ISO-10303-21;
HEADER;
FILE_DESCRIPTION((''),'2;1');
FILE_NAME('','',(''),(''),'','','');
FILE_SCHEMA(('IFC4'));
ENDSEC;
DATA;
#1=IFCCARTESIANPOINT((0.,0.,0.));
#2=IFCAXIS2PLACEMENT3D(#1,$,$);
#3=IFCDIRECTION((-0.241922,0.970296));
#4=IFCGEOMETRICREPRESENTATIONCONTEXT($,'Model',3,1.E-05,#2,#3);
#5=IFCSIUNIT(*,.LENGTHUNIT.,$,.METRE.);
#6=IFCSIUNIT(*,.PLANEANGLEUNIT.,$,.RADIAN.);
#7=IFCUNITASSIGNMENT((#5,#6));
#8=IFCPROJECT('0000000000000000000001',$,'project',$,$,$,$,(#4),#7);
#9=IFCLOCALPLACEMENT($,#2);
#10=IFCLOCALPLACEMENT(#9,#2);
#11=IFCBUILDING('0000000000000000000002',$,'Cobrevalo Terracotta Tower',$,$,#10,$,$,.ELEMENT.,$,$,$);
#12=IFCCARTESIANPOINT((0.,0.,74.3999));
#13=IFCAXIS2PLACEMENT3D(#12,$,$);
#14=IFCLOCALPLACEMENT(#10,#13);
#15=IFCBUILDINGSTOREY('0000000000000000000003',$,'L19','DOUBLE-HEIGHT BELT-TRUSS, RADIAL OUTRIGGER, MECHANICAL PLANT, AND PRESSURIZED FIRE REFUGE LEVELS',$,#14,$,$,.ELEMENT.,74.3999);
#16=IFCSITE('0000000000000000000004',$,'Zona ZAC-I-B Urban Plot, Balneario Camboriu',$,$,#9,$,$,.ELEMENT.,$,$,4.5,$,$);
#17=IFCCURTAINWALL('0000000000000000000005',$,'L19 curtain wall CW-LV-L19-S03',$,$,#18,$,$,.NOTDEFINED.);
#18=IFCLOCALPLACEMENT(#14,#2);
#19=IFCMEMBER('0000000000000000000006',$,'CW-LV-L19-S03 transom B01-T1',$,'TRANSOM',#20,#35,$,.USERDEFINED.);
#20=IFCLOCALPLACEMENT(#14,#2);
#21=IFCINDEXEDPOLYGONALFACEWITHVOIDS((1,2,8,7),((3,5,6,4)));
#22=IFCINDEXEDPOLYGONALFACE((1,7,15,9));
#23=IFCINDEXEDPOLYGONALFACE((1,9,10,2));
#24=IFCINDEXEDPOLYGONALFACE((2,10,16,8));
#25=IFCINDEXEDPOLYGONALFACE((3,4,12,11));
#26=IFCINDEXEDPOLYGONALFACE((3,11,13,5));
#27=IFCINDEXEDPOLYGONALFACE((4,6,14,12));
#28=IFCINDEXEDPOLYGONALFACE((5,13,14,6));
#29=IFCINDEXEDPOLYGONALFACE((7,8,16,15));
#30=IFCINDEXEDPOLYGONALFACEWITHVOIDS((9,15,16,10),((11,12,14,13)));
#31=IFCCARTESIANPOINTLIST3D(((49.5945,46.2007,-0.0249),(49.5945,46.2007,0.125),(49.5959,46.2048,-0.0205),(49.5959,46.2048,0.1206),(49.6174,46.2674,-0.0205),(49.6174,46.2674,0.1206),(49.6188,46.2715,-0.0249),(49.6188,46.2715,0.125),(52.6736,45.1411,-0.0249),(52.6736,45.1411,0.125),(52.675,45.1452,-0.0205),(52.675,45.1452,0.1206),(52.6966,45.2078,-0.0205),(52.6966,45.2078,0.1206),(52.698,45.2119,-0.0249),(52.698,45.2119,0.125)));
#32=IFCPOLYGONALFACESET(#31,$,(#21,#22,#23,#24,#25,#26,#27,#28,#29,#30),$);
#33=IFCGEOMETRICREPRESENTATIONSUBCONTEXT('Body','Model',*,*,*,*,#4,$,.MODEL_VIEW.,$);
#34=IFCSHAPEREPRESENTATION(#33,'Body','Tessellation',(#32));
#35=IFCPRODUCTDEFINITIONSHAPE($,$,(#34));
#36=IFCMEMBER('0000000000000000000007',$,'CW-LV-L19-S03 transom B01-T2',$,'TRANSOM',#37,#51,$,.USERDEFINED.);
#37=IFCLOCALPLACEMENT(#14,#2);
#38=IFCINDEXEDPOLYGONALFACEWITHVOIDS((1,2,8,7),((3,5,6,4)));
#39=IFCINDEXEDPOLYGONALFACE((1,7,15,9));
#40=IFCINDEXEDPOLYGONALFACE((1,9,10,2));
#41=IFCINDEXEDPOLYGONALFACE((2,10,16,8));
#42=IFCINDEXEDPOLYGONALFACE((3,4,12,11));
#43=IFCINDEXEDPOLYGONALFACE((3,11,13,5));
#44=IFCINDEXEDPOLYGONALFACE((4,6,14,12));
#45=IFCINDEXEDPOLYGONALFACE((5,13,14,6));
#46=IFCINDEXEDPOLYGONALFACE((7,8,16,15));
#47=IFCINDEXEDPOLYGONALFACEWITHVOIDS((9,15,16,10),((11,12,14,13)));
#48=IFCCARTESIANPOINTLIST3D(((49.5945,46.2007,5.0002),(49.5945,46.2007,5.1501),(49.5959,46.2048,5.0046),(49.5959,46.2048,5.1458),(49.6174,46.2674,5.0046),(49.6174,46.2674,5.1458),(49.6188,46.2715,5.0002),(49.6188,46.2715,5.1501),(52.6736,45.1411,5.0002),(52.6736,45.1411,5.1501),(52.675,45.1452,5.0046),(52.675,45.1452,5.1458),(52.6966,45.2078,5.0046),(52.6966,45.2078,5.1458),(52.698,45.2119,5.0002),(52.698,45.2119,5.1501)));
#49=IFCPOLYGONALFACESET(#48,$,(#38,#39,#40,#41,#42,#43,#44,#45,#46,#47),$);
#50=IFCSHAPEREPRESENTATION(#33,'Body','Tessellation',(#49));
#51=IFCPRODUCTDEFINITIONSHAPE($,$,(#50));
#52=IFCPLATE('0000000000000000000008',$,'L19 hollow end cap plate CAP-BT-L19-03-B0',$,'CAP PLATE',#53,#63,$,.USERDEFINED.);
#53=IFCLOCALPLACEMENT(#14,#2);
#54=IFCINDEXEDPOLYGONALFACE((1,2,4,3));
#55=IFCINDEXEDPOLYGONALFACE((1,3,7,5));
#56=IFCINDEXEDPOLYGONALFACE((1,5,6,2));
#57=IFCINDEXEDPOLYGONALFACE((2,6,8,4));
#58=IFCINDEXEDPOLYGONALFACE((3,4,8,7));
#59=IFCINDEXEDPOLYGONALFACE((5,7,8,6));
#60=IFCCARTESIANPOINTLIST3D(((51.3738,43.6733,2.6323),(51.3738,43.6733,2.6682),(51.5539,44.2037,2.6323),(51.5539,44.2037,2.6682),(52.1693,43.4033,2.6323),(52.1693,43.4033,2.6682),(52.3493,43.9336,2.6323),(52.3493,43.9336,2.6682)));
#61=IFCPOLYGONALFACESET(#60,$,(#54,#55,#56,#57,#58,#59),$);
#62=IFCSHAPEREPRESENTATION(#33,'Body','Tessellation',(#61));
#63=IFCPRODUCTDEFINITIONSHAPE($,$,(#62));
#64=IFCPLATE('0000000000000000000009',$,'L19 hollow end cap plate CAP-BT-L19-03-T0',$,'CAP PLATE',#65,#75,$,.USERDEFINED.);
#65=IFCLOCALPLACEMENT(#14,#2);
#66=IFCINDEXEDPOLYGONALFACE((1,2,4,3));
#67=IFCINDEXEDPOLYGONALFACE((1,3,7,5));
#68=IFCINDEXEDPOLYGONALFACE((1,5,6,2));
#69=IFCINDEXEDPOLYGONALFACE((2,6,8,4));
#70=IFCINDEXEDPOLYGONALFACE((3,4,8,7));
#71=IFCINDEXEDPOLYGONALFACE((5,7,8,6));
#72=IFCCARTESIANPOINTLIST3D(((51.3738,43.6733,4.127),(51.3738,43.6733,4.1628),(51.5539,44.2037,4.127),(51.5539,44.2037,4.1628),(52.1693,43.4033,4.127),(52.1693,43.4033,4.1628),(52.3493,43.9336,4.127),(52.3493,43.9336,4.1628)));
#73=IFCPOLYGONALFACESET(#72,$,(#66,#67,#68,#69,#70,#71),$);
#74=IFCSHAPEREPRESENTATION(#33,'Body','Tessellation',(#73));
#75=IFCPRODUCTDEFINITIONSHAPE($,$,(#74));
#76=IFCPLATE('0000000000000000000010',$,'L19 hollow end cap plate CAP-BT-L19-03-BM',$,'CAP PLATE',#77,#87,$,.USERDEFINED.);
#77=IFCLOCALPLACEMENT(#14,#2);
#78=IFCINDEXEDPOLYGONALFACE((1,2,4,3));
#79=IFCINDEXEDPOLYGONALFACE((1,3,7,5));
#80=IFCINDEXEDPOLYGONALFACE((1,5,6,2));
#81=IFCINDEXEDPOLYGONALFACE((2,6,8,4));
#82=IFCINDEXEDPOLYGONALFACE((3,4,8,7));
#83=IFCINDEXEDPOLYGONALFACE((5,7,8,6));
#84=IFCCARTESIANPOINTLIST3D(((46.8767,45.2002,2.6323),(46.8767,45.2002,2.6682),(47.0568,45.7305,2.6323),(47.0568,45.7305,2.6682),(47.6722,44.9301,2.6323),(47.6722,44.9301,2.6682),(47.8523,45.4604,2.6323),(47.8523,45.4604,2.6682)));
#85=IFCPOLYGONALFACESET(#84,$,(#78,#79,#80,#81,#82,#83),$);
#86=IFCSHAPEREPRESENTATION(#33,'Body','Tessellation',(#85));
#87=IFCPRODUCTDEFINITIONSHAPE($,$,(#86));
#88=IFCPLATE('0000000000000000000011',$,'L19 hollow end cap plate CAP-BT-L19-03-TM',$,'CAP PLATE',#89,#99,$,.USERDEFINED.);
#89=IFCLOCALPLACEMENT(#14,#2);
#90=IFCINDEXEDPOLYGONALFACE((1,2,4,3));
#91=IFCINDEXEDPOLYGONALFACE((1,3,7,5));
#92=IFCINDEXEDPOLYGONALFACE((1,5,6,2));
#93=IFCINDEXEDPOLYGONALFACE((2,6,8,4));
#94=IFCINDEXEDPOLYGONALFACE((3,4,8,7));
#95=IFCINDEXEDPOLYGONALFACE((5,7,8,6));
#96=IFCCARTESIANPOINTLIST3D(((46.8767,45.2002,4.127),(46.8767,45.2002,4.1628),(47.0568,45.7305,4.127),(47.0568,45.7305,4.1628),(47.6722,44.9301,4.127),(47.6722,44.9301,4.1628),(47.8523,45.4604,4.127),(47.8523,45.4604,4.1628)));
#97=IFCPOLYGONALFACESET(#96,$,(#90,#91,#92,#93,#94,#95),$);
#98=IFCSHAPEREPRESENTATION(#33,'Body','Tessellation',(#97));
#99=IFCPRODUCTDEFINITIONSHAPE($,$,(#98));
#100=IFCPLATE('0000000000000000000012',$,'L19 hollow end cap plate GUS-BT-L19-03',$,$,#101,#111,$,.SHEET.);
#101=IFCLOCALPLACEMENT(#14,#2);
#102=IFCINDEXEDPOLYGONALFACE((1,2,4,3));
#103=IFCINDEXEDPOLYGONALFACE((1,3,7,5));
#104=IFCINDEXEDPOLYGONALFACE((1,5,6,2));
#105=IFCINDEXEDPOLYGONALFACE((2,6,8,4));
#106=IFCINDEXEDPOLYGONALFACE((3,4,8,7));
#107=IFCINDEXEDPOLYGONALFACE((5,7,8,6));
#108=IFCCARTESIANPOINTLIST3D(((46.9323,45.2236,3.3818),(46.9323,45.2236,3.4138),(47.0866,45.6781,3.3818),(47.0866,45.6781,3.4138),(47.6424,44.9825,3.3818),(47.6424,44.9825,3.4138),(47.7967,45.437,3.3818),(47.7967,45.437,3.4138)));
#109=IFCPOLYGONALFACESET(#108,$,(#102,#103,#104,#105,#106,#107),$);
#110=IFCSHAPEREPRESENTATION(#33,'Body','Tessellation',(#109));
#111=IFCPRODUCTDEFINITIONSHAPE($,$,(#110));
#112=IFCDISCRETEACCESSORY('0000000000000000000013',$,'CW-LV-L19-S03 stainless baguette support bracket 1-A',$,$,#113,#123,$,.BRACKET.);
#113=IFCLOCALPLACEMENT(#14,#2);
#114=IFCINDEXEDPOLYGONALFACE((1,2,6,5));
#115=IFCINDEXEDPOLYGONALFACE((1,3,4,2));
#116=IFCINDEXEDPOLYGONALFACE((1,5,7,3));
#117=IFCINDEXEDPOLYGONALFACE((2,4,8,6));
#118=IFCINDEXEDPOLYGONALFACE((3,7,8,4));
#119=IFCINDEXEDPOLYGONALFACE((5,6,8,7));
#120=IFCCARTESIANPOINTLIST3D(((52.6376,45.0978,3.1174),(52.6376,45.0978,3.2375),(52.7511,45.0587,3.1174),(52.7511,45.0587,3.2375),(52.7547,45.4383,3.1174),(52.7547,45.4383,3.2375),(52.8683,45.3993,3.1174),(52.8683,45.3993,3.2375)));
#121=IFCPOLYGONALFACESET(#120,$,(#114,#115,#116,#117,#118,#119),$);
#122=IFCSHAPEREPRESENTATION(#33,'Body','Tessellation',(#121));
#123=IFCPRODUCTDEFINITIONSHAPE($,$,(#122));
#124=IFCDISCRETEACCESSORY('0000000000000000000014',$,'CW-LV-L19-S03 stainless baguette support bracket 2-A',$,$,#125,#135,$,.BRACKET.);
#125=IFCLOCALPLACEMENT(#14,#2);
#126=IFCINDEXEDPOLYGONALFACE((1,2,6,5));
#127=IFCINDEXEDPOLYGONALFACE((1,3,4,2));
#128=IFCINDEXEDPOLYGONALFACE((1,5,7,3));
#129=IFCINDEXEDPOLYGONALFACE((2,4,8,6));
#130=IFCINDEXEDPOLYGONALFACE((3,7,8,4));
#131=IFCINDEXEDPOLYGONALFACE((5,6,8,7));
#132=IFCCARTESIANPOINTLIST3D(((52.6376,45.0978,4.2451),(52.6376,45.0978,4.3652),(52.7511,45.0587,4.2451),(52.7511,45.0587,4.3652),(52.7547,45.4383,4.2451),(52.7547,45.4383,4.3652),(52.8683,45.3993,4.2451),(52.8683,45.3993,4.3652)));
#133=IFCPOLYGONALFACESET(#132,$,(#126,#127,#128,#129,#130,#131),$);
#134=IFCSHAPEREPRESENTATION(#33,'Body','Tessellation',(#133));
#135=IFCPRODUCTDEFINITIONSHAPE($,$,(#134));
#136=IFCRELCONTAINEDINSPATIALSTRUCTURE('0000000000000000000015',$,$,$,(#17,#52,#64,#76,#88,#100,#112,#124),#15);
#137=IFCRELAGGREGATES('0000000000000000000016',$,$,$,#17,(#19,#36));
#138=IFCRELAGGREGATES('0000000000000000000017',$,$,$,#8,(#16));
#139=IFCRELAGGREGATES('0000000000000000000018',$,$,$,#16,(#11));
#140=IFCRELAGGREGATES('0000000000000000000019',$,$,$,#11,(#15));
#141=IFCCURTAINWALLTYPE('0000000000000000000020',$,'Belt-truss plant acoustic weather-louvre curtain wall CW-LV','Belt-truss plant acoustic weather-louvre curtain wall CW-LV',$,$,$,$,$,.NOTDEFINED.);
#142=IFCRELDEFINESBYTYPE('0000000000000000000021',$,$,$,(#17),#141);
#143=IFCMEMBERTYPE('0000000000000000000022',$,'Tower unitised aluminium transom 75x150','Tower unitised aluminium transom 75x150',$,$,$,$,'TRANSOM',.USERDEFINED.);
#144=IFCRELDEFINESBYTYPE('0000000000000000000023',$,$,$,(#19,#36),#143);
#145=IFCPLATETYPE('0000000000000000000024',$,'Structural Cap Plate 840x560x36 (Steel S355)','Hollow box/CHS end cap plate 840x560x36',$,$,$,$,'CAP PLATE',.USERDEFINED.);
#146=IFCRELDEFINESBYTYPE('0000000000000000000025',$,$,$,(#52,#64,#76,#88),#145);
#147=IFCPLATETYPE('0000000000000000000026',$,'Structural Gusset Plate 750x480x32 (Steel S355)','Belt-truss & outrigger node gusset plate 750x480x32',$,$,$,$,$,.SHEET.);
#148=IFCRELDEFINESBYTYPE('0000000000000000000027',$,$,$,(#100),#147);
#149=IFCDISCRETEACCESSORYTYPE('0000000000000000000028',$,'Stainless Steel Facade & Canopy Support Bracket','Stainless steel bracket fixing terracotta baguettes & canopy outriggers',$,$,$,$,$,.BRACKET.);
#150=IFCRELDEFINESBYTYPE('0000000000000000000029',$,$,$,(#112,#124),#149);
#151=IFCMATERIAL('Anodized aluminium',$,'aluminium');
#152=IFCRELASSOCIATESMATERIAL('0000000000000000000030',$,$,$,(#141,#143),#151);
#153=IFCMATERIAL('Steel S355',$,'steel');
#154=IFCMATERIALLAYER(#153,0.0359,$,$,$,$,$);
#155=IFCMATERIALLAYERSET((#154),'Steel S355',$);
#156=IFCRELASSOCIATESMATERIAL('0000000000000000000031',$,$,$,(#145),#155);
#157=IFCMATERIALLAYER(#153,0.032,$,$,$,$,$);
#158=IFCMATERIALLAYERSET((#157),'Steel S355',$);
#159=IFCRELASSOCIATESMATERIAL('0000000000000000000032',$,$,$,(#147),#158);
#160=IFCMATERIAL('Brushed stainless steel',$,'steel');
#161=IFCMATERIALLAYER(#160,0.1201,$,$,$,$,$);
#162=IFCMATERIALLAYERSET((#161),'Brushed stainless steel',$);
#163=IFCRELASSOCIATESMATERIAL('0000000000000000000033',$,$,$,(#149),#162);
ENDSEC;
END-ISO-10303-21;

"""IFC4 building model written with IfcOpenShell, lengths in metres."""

from ifc_helpers import new_model, si_unit, direction, frame, origin, origin_2d, place, context, subcontext, project, spatial, rectangle, hollow_rectangle, extrude, source, transform, mapped, material, layer, layer_set, material_profile, profile_set, type_object, element, aggregate, save


model = new_model("IFC4")

# Units and contexts
model_context = context("Model", 3, precision=1e-05, world=origin(), true_north=direction((-0.241922, 0.970296)))
body_context = subcontext(model_context, "Body", "Model", "MODEL_VIEW")
ifc_project = project(units=[si_unit("LENGTHUNIT", "METRE"), si_unit("PLANEANGLEUNIT", "RADIAN")], contexts=[model_context])

# Site, building, storey
site_placement = place(None, origin())
site = spatial("IfcSite", under=ifc_project, at=site_placement, Name="Zona ZAC-I-B Urban Plot, Balneario Camboriu", CompositionType="ELEMENT", RefElevation=4.5)
building_placement = place(site_placement, origin())
building = spatial("IfcBuilding", under=site, at=building_placement, Name="Cobrevalo Terracotta Tower", CompositionType="ELEMENT")
storey_placement = place(building_placement, frame((0.0, 0.0, 74.3999)))
storey = spatial("IfcBuildingStorey", under=building, at=storey_placement, Name="L19", Description="DOUBLE-HEIGHT BELT-TRUSS, RADIAL OUTRIGGER, MECHANICAL PLANT, AND PRESSURIZED FIRE REFUGE LEVELS", CompositionType="ELEMENT", Elevation=74.3999)

# Shared definitions
ifc_material_1 = material(Name="Steel S355", Category="steel")

# Curtain wall, members
ifc_material_2 = material(Name="Anodized aluminium", Category="aluminium")
curtain_wall_type = type_object("IfcCurtainWallType", Name="Belt-truss plant acoustic weather-louvre curtain wall CW-LV", Description="Belt-truss plant acoustic weather-louvre curtain wall CW-LV", PredefinedType="NOTDEFINED", material=ifc_material_2)
curtain_wall_placement = place(storey_placement, origin())
curtain_wall = element("IfcCurtainWall", 1, at=curtain_wall_placement, inside=storey, type_object=curtain_wall_type, Name="L19 curtain wall CW-LV-L19-S03", PredefinedType="NOTDEFINED")
ifc_material_profile_1 = material_profile(ifc_material_2, hollow_rectangle(XDim=0.075, YDim=0.1499, WallThickness=0.0044, at=origin_2d()), Name="CWT 75x150")
ifc_profile_set_1 = profile_set([ifc_material_profile_1], Name="Anodized aluminium")
member_type_1 = type_object("IfcMemberType", Name="Tower unitised aluminium transom 75x150", Description="Tower unitised aluminium transom 75x150", ElementType="TRANSOM", PredefinedType="USERDEFINED", material=ifc_profile_set_1)
shared_shape_1 = source(origin(), body_context, "Body", "SweptSolid", [
    extrude(hollow_rectangle(XDim=0.075, YDim=0.1499, WallThickness=0.0044, at=origin_2d()), origin(), (0.0, 0.0, 1.0), 3.2563),
])
member_1_placement = place(storey_placement, frame((52.6858, 45.1765, 0.05), z_axis=(-0.94558, 0.32539, 0.0), x_axis=(-0.32539, -0.94558, 0.0)))
member_1 = element("IfcMember", 2, at=member_1_placement, type_object=member_type_1, Name="CW-LV-L19-S03 transom B01-T1", ObjectType="TRANSOM", PredefinedType="USERDEFINED", context=body_context, shape_type="MappedRepresentation", body=[
    mapped(shared_shape_1, transform((0.0, 0.0, 0.0), scale=1.0)),
])
member_2_placement = place(storey_placement, frame((52.6858, 45.1765, 5.0752), z_axis=(-0.94558, 0.32539, 0.0), x_axis=(-0.32539, -0.94558, 0.0)))
member_2 = element("IfcMember", 3, at=member_2_placement, type_object=member_type_1, Name="CW-LV-L19-S03 transom B01-T2", ObjectType="TRANSOM", PredefinedType="USERDEFINED", context=body_context, shape_type="MappedRepresentation", body=[
    mapped(shared_shape_1, transform((0.0, 0.0, 0.0), scale=1.0)),
])
aggregate(curtain_wall, [member_1, member_2])

# Plates
ifc_layer_1 = layer(ifc_material_1, 0.0359)
ifc_layer_set_1 = layer_set([ifc_layer_1], Name="Steel S355")
plate_type_1 = type_object("IfcPlateType", Name="Structural Cap Plate 840x560x36 (Steel S355)", Description="Hollow box/CHS end cap plate 840x560x36", ElementType="CAP PLATE", PredefinedType="USERDEFINED", material=ifc_layer_set_1)
shared_shape_2 = source(origin(), body_context, "Body", "SweptSolid", [
    extrude(rectangle(XDim=0.8401, YDim=0.5601, at=origin_2d()), origin(), (0.0, 0.0, 1.0), 0.0359),
])
for number, where, z_axis, x_axis, name in (
    (4, (51.8616, 43.8035, 2.6323), (0.0, 0.0, 1.0), (-0.946916, 0.321482, 0.0), "L19 hollow end cap plate CAP-BT-L19-03-B0"),
    (5, (51.8616, 43.8035, 4.127), (0.0, 0.0, 1.0), (-0.946916, 0.321482, 0.0), "L19 hollow end cap plate CAP-BT-L19-03-T0"),
    (6, (47.3645, 45.3303, 2.6323), (0.0, 0.0, 1.0), (-0.946916, 0.321482, 0.0), "L19 hollow end cap plate CAP-BT-L19-03-BM"),
    (7, (47.3645, 45.3303, 4.127), (0.0, 0.0, 1.0), (-0.946916, 0.321482, 0.0), "L19 hollow end cap plate CAP-BT-L19-03-TM"),
):
    element("IfcPlate", number, at=place(storey_placement, frame(where, z_axis=z_axis, x_axis=x_axis)), inside=storey, type_object=plate_type_1, Name=name, ObjectType="CAP PLATE", PredefinedType="USERDEFINED", context=body_context, shape_type="MappedRepresentation", body=[
        mapped(shared_shape_2, transform((0.0, 0.0, 0.0), scale=1.0)),
    ])
ifc_layer_2 = layer(ifc_material_1, 0.032)
ifc_layer_set_2 = layer_set([ifc_layer_2], Name="Steel S355")
plate_type_2 = type_object("IfcPlateType", Name="Structural Gusset Plate 750x480x32 (Steel S355)", Description="Belt-truss & outrigger node gusset plate 750x480x32", PredefinedType="SHEET", material=ifc_layer_set_2)
shared_shape_3 = source(origin(), body_context, "Body", "SweptSolid", [
    extrude(rectangle(XDim=0.75, YDim=0.48, at=origin_2d()), origin(), (0.0, 0.0, 1.0), 0.032),
])
plate_placement = place(storey_placement, frame((47.3645, 45.3303, 3.3818), z_axis=(0.0, 0.0, 1.0), x_axis=(-0.946916, 0.321482, 0.0)))
element("IfcPlate", 8, at=plate_placement, inside=storey, type_object=plate_type_2, Name="L19 hollow end cap plate GUS-BT-L19-03", PredefinedType="SHEET", context=body_context, shape_type="MappedRepresentation", body=[
    mapped(shared_shape_3, transform((0.0, 0.0, 0.0), scale=1.0)),
])

# Discrete accessories
ifc_material_3 = material(Name="Brushed stainless steel", Category="steel")
ifc_layer_3 = layer(ifc_material_3, 0.1201)
ifc_layer_set_3 = layer_set([ifc_layer_3], Name="Brushed stainless steel")
discrete_accessory_type = type_object("IfcDiscreteAccessoryType", Name="Stainless Steel Facade & Canopy Support Bracket", Description="Stainless steel bracket fixing terracotta baguettes & canopy outriggers", PredefinedType="BRACKET", material=ifc_layer_set_3)
shared_shape_4 = source(origin(), body_context, "Body", "SweptSolid", [
    extrude(rectangle(XDim=0.1201, YDim=0.3601, at=origin_2d()), origin(), (0.0, 0.0, 1.0), 0.1201),
])
for number, where, z_axis, x_axis, name in (
    (9, (52.7529, 45.2485, 3.1174), (0.0, 0.0, 1.0), (-0.945596, 0.325342, 0.0), "CW-LV-L19-S03 stainless baguette support bracket 1-A"),
    (10, (52.7529, 45.2485, 4.2451), (0.0, 0.0, 1.0), (-0.945596, 0.325342, 0.0), "CW-LV-L19-S03 stainless baguette support bracket 2-A"),
):
    element("IfcDiscreteAccessory", number, at=place(storey_placement, frame(where, z_axis=z_axis, x_axis=x_axis)), inside=storey, type_object=discrete_accessory_type, Name=name, PredefinedType="BRACKET", context=body_context, shape_type="MappedRepresentation", body=[
        mapped(shared_shape_4, transform((0.0, 0.0, 0.0), scale=1.0)),
    ])

save(model, "model.ifc")
